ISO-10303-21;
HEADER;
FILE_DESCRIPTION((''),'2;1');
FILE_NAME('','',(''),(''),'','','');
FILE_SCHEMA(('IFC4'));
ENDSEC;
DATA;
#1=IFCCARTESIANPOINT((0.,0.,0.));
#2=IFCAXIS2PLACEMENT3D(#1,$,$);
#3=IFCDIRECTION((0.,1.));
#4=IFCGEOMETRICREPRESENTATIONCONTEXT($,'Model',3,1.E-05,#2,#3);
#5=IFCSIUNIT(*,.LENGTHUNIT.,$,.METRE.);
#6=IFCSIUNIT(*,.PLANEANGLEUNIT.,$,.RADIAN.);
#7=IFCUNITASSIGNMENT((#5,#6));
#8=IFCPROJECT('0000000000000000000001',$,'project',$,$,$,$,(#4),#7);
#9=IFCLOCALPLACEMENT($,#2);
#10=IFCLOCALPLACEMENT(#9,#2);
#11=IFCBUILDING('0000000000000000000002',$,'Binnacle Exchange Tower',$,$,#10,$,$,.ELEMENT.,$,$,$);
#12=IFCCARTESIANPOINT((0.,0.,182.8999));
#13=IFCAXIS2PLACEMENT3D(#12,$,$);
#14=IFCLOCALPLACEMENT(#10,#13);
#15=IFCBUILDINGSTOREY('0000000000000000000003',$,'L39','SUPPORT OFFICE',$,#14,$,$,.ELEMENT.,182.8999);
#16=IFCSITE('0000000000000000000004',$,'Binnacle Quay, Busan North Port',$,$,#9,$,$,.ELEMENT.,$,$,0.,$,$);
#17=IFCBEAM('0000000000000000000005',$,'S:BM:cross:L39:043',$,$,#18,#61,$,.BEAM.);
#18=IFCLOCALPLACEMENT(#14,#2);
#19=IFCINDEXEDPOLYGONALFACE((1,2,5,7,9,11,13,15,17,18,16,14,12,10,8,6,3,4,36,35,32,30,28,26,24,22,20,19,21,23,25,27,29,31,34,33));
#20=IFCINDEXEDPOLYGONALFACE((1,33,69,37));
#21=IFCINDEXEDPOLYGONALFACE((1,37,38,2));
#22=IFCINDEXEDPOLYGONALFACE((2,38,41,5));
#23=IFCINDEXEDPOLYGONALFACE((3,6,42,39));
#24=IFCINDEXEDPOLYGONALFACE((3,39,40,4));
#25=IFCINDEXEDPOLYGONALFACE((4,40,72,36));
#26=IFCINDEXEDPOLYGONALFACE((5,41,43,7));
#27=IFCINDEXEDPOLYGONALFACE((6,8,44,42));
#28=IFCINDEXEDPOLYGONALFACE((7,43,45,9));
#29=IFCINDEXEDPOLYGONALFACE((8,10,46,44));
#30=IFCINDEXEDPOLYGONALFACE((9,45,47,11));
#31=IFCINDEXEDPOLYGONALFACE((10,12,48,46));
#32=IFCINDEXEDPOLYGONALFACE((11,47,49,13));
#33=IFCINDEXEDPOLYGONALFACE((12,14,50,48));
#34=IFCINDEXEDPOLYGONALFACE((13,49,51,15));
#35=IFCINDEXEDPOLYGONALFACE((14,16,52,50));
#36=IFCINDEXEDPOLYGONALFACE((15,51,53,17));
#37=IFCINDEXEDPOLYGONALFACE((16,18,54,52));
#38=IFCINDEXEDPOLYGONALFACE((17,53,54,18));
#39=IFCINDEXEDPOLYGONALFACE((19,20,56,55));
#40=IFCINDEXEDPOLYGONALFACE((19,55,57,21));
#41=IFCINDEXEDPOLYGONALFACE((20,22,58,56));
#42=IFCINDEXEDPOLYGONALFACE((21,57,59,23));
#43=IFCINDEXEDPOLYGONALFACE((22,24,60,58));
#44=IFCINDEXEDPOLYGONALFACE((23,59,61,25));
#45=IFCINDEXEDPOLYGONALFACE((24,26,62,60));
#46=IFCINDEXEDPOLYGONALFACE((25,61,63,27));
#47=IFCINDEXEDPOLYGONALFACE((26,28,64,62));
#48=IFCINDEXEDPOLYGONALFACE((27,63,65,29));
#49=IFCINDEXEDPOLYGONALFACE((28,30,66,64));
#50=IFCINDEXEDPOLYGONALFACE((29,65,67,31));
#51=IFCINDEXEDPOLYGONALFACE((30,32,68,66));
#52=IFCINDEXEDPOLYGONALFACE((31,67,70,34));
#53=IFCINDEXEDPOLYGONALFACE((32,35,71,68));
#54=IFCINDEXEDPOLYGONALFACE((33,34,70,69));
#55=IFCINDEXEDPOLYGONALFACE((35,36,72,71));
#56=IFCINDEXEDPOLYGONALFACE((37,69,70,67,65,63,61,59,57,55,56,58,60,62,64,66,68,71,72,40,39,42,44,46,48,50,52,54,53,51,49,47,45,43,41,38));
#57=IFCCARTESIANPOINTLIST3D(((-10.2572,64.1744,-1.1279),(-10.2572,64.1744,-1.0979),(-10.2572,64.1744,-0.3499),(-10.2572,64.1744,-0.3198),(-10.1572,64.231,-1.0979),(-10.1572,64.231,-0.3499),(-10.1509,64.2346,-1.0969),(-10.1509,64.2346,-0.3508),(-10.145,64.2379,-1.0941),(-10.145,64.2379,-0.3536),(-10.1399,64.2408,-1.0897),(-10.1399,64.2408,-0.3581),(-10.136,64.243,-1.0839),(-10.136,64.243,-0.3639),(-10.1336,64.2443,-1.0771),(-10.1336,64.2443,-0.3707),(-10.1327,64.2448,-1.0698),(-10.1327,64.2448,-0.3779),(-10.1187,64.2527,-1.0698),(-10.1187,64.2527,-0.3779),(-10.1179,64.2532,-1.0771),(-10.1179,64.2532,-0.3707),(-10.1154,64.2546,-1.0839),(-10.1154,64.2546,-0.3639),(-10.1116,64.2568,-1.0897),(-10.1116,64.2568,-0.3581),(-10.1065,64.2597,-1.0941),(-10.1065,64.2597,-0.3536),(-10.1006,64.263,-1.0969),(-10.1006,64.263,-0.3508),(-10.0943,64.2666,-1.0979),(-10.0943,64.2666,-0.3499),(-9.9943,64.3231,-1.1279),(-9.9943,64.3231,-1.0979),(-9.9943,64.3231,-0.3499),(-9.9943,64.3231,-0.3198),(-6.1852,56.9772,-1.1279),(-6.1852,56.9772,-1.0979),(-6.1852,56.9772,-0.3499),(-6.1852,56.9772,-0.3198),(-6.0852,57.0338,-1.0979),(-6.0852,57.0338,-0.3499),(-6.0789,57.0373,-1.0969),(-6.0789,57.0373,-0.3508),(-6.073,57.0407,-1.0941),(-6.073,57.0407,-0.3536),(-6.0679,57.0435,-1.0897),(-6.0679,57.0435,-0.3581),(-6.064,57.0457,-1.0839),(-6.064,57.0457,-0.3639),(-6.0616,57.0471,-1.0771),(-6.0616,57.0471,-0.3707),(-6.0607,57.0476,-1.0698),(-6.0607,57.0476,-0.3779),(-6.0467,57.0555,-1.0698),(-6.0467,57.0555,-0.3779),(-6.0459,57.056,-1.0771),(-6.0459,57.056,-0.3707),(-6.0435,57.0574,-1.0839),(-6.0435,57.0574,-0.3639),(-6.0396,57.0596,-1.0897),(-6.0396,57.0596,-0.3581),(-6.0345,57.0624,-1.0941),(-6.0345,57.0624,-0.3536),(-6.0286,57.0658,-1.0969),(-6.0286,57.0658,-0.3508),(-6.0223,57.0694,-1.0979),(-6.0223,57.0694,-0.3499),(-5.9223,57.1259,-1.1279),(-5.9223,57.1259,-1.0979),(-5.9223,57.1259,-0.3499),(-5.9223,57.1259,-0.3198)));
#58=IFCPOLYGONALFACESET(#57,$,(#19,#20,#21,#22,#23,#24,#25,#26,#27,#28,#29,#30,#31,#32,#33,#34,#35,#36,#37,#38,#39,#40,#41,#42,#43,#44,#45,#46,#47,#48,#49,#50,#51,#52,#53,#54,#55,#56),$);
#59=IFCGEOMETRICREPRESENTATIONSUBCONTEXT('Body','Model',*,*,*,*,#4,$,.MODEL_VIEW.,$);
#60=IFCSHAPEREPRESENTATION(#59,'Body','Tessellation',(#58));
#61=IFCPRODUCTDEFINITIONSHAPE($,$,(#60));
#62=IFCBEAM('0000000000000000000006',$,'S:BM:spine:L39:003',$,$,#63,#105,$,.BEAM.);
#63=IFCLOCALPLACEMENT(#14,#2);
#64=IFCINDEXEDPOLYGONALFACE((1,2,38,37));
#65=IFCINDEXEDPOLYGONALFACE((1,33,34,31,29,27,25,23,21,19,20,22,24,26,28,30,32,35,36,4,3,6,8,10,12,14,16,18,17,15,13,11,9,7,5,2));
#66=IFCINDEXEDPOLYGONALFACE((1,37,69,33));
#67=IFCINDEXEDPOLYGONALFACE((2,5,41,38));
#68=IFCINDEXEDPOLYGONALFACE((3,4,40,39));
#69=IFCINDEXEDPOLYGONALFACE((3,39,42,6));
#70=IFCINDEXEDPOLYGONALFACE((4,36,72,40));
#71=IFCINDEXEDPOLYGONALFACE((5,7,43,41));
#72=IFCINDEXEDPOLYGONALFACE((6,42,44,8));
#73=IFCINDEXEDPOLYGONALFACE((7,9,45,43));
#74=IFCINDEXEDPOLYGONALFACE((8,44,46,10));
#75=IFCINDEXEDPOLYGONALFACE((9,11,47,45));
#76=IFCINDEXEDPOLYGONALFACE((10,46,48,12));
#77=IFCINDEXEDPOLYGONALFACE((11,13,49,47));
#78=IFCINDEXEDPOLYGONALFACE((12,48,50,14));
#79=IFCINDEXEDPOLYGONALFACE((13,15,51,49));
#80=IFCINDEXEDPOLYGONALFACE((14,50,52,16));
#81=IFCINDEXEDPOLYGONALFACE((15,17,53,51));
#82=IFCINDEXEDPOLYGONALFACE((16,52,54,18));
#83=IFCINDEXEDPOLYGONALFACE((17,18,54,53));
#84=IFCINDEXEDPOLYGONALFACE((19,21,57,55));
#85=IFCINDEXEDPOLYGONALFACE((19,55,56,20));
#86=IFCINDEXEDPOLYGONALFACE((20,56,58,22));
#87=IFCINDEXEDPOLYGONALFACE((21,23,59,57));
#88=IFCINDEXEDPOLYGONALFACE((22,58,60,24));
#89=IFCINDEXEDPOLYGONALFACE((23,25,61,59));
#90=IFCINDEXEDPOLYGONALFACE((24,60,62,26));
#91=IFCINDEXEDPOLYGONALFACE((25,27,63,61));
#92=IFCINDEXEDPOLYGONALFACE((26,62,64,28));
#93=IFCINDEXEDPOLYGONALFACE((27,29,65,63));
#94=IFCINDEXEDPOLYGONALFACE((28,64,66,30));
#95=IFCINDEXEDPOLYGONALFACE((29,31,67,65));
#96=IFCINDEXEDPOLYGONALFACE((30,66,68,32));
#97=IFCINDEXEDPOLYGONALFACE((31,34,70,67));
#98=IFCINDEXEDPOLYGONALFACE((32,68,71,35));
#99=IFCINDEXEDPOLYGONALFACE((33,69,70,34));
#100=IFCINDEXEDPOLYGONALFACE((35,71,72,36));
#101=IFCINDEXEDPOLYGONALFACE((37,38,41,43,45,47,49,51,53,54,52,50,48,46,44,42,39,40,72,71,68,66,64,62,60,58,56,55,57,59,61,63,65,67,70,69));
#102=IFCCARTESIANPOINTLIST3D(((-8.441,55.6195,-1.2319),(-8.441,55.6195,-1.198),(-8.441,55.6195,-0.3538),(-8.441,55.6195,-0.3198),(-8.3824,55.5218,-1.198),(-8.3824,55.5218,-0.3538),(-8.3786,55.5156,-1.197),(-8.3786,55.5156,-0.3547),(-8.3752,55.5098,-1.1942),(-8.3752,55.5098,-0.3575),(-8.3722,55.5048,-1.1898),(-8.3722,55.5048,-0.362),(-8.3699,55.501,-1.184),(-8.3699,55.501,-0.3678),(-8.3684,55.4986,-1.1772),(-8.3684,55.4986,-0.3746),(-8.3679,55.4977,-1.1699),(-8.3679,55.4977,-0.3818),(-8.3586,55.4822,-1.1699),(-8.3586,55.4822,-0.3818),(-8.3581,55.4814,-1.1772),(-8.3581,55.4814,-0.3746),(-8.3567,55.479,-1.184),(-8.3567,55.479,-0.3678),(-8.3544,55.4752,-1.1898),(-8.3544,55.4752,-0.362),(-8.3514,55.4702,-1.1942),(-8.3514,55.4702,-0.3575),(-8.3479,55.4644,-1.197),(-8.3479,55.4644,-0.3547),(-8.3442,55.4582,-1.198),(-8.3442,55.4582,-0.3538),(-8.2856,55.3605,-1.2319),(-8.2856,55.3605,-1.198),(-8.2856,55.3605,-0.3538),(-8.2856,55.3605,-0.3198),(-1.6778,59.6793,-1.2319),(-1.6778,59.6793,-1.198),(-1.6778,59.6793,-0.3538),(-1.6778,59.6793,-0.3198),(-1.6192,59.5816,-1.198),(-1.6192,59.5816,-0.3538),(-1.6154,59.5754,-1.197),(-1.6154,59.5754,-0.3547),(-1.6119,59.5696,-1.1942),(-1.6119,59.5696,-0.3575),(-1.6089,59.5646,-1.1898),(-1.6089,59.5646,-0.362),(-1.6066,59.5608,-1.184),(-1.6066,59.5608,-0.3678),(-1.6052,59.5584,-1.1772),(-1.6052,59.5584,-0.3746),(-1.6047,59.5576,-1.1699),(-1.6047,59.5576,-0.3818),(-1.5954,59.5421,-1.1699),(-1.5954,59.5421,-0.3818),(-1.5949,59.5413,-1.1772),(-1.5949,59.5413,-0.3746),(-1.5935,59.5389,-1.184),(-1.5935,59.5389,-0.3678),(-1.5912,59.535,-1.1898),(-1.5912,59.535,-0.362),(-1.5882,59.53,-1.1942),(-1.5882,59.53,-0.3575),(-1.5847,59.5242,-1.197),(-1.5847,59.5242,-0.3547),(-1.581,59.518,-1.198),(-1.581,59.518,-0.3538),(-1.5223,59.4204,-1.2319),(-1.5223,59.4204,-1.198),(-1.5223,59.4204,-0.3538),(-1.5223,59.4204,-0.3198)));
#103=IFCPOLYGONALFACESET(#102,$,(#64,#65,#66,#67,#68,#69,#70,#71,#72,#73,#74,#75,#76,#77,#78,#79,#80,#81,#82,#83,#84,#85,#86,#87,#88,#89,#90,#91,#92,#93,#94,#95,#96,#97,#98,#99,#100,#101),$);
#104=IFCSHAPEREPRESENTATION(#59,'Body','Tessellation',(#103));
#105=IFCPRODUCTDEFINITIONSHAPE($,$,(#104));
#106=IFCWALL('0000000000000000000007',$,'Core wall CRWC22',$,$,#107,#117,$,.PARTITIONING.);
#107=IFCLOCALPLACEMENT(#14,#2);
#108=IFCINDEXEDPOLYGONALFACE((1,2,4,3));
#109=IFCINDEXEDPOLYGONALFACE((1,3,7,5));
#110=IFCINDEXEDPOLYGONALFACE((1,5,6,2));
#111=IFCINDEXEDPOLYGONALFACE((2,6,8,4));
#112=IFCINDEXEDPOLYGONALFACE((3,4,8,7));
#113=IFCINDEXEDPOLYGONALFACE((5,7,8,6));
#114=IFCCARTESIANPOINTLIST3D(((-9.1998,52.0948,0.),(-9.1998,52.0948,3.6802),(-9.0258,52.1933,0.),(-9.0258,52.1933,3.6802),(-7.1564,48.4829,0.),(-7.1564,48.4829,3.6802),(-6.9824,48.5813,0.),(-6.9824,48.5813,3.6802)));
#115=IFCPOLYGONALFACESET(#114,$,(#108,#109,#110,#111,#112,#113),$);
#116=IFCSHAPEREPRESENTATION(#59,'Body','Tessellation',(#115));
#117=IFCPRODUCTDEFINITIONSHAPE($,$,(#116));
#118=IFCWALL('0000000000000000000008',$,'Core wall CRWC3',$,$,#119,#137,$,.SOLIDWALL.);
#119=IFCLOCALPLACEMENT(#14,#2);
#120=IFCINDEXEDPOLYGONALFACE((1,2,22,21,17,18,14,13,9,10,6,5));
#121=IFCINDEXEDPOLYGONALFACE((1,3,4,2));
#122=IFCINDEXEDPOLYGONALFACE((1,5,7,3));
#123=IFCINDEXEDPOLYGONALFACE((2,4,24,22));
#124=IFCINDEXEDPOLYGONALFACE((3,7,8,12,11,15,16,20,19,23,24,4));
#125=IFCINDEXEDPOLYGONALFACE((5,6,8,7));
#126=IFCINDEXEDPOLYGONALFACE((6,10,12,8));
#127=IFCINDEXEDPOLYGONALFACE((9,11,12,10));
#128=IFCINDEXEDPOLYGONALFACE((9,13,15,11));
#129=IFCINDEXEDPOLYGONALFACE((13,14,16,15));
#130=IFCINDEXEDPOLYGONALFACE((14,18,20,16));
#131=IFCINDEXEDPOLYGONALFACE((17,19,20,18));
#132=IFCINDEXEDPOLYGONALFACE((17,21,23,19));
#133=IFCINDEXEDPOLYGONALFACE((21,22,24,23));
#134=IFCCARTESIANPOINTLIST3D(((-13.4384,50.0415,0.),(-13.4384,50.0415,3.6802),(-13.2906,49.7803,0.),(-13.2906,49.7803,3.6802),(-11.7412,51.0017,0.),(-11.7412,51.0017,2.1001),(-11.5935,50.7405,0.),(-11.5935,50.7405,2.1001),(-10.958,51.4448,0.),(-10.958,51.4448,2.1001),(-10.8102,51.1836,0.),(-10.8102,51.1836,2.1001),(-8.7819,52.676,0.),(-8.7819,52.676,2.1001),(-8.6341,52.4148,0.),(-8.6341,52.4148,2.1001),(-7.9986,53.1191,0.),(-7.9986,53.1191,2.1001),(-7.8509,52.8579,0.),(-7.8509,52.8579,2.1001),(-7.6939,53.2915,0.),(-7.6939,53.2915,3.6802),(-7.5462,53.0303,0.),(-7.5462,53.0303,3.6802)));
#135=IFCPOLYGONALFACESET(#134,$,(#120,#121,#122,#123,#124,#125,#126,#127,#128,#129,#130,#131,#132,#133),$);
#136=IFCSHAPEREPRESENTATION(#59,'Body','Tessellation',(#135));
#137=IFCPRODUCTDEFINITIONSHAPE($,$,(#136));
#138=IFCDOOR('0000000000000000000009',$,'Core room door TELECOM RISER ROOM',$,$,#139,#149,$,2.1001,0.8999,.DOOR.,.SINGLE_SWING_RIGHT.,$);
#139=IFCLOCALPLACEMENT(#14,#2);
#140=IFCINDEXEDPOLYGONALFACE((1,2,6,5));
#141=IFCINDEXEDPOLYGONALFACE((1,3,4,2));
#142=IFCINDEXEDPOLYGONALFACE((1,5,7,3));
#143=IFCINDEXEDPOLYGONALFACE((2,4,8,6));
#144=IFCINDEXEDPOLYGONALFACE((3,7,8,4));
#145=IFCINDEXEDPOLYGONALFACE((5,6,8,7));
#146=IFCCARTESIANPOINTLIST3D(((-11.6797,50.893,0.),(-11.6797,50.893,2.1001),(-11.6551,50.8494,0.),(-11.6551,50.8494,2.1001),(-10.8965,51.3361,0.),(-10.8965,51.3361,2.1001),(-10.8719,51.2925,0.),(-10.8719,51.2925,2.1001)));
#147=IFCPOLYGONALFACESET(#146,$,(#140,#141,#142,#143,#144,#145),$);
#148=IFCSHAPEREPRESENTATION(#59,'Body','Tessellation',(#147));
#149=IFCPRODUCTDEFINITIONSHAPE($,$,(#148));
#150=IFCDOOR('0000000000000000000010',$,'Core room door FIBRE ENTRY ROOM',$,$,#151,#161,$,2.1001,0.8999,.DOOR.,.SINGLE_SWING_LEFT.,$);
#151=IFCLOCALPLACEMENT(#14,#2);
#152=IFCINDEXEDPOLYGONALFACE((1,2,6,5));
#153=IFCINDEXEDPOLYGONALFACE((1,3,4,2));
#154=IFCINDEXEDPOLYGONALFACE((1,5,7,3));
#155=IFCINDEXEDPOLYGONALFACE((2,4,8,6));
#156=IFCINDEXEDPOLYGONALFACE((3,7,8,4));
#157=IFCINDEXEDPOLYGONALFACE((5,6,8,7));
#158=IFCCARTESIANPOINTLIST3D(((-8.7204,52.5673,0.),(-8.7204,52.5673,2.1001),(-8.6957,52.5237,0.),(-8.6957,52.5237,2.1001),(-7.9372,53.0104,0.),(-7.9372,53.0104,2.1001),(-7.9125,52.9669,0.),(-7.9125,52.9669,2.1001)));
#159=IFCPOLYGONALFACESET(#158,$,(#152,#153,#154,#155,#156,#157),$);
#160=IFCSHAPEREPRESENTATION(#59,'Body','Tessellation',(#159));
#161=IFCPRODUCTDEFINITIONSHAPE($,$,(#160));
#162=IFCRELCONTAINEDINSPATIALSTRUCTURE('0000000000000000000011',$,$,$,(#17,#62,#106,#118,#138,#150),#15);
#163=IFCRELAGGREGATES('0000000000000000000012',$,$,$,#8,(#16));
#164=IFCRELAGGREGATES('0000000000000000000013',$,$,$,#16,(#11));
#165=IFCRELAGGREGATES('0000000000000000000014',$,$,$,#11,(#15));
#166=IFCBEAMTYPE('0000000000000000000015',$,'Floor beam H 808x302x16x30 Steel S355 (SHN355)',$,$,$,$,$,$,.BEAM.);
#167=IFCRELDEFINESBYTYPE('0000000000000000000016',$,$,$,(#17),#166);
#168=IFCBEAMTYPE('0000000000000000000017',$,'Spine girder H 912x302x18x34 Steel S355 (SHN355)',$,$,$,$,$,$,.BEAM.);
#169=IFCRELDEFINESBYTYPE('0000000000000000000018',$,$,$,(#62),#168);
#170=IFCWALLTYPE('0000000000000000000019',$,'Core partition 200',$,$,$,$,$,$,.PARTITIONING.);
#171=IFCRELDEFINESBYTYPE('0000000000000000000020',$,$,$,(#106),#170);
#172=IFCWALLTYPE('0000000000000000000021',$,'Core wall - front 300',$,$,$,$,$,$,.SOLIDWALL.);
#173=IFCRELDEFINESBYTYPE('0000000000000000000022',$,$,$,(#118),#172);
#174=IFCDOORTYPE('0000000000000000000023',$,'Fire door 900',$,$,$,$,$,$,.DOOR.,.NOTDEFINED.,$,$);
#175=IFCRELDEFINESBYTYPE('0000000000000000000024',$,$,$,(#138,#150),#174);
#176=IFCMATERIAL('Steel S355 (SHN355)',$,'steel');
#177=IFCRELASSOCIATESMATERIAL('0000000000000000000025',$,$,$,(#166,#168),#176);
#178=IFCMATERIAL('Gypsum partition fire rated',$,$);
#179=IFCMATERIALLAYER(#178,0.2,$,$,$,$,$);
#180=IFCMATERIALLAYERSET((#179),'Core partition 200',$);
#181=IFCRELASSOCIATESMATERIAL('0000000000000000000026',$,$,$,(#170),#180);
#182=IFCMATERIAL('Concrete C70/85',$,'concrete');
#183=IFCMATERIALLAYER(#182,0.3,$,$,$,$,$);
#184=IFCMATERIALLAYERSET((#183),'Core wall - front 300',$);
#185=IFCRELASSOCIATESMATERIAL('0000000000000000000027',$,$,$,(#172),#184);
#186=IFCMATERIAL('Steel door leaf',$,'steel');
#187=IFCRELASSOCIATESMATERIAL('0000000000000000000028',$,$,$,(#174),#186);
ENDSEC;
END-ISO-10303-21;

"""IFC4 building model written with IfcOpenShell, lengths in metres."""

from ifc_helpers import new_model, si_unit, direction, frame, frame_2d, origin, origin_2d, place, context, subcontext, project, spatial, rectangle, i_section, extrude, material, layer, layer_set, material_profile, profile_set, type_object, element, fill, save


model = new_model("IFC4")

# Units and contexts
model_context = context("Model", 3, precision=1e-05, world=origin(), true_north=direction((0.0, 1.0)))
body_context = subcontext(model_context, "Body", "Model", "MODEL_VIEW")
ifc_project = project(units=[si_unit("LENGTHUNIT", "METRE"), si_unit("PLANEANGLEUNIT", "RADIAN")], contexts=[model_context])

# Site, building, storey
site_placement = place(None, origin())
site = spatial("IfcSite", under=ifc_project, at=site_placement, Name="Binnacle Quay, Busan North Port", CompositionType="ELEMENT", RefElevation=0.0)
building_placement = place(site_placement, origin())
building = spatial("IfcBuilding", under=site, at=building_placement, Name="Binnacle Exchange Tower", CompositionType="ELEMENT")
storey_placement = place(building_placement, frame((0.0, 0.0, 182.8999)))
storey = spatial("IfcBuildingStorey", under=building, at=storey_placement, Name="L39", Description="SUPPORT OFFICE", CompositionType="ELEMENT", Elevation=182.8999)

# Shared definitions
ifc_material_1 = material(Name="Concrete C70/85", Category="concrete")

# Beams
ifc_material_2 = material(Name="Steel S355 (SHN355)", Category="steel")
ifc_material_profile_1 = material_profile(ifc_material_2, i_section(OverallWidth=0.302, OverallDepth=0.8081, WebThickness=0.0161, FlangeThickness=0.03, FilletRadius=0.0281, at=origin_2d()), Name="H 808x302x16x30")
ifc_profile_set_1 = profile_set([ifc_material_profile_1], Name="Steel S355 (SHN355)")
beam_type_1 = type_object("IfcBeamType", Name="Floor beam H 808x302x16x30 Steel S355 (SHN355)", PredefinedType="BEAM", material=ifc_profile_set_1)
beam_1_placement = place(storey_placement, frame((-10.1257, 64.2488, -0.7239), z_axis=(0.492424, -0.870355, 0.0), x_axis=(0.870355, 0.492424, 0.0)))
element("IfcBeam", 1, at=beam_1_placement, inside=storey, type_object=beam_type_1, Name="S:BM:cross:L39:043", PredefinedType="BEAM", context=body_context, shape_type="SweptSolid", body=[
    extrude(i_section(OverallWidth=0.302, OverallDepth=0.8081, WebThickness=0.0161, FlangeThickness=0.03, FilletRadius=0.0281, at=origin_2d()), origin(), (0.0, 0.0, 1.0), 8.2693),
])
ifc_material_profile_2 = material_profile(ifc_material_2, i_section(OverallWidth=0.302, OverallDepth=0.9121, WebThickness=0.0181, FlangeThickness=0.0339, FilletRadius=0.0281, at=origin_2d()), Name="H 912x302x18x34")
ifc_profile_set_2 = profile_set([ifc_material_profile_2], Name="Steel S355 (SHN355)")
beam_type_2 = type_object("IfcBeamType", Name="Spine girder H 912x302x18x34 Steel S355 (SHN355)", PredefinedType="BEAM", material=ifc_profile_set_2)
beam_2_placement = place(storey_placement, frame((-8.3633, 55.49, -0.7759), z_axis=(0.857386, 0.514673, 0.0), x_axis=(-0.514673, 0.857386, 0.0)))
element("IfcBeam", 2, at=beam_2_placement, inside=storey, type_object=beam_type_2, Name="S:BM:spine:L39:003", PredefinedType="BEAM", context=body_context, shape_type="SweptSolid", body=[
    extrude(i_section(OverallWidth=0.302, OverallDepth=0.9121, WebThickness=0.0181, FlangeThickness=0.0339, FilletRadius=0.0281, at=origin_2d()), origin(), (0.0, 0.0, 1.0), 7.8882),
])

# Wall
ifc_material_3 = material(Name="Gypsum partition fire rated")
ifc_layer_1 = layer(ifc_material_3, 0.2)
ifc_layer_set_1 = layer_set([ifc_layer_1], Name="Core partition 200")
wall_type_1 = type_object("IfcWallType", Name="Core partition 200", PredefinedType="PARTITIONING", material=ifc_layer_set_1)
wall_1_placement = place(storey_placement, frame((-9.1128, 52.144, 0.0), z_axis=(0.0, 0.0, 1.0), x_axis=(0.492396, -0.870371, 0.0)))
element("IfcWall", 3, at=wall_1_placement, inside=storey, type_object=wall_type_1, Name="Core wall CRWC22", PredefinedType="PARTITIONING", context=body_context, shape_type="SweptSolid", body=[
    extrude(rectangle(XDim=4.1499, YDim=0.2, at=frame_2d((2.075, 0.0))), origin(), (0.0, 0.0, 1.0), 3.6802),
])

# Wall, openings, doors
ifc_layer_2 = layer(ifc_material_1, 0.3)
ifc_layer_set_2 = layer_set([ifc_layer_2], Name="Core wall - front 300")
wall_type_2 = type_object("IfcWallType", Name="Core wall - front 300", PredefinedType="SOLIDWALL", material=ifc_layer_set_2)
wall_2_placement = place(storey_placement, frame((-13.3645, 49.9109, 0.0), z_axis=(0.0, 0.0, 1.0), x_axis=(0.870357, 0.492422, 0.0)))
wall_2 = element("IfcWall", 4, at=wall_2_placement, inside=storey, type_object=wall_type_2, Name="Core wall CRWC3", PredefinedType="SOLIDWALL", context=body_context, shape_type="SweptSolid", body=[
    extrude(rectangle(XDim=6.6001, YDim=0.3, at=frame_2d((3.3, 0.0))), origin(), (0.0, 0.0, 1.0), 3.6802),
])
opening_1_placement = place(wall_2_placement, frame((1.95, 0.0, 0.0)))
opening_1 = element("IfcOpeningElement", 5, at=opening_1_placement, cuts=wall_2, PredefinedType="OPENING", context=body_context, shape_type="SweptSolid", body=[
    extrude(rectangle(XDim=0.8999, YDim=2.1001, at=frame_2d((0.45, 1.05))), frame((0.0, 0.1599, 0.0), z_axis=(0.0, -1.0, 0.0), x_axis=(1.0, 0.0, 0.0)), (0.0, 0.0, 1.0), 0.3201),
])
opening_2_placement = place(wall_2_placement, frame((5.3501, 0.0, 0.0)))
opening_2 = element("IfcOpeningElement", 6, at=opening_2_placement, cuts=wall_2, PredefinedType="OPENING", context=body_context, shape_type="SweptSolid", body=[
    extrude(rectangle(XDim=0.8999, YDim=2.1001, at=frame_2d((0.45, 1.05))), frame((0.0, 0.1599, 0.0), z_axis=(0.0, -1.0, 0.0), x_axis=(1.0, 0.0, 0.0)), (0.0, 0.0, 1.0), 0.3201),
])
ifc_material_4 = material(Name="Steel door leaf", Category="steel")
door_type_1 = type_object("IfcDoorType", Name="Fire door 900", OperationType="NOTDEFINED", PredefinedType="DOOR", material=ifc_material_4)
door_1_placement = place(opening_1_placement, frame((0.8999, 0.0, 0.0), z_axis=(0.0, 0.0, 1.0), x_axis=(-1.0, 0.0, 0.0)))
door_1 = element("IfcDoor", 7, at=door_1_placement, inside=storey, type_object=door_type_1, Name="Core room door TELECOM RISER ROOM", OperationType="SINGLE_SWING_RIGHT", OverallHeight=2.1001, OverallWidth=0.8999, PredefinedType="DOOR", context=body_context, shape_type="SweptSolid", body=[
    extrude(rectangle(XDim=0.8999, YDim=2.1001, at=frame_2d((0.45, 1.05))), frame((0.0, 0.0249, 0.0), z_axis=(0.0, -1.0, 0.0), x_axis=(1.0, 0.0, 0.0)), (0.0, 0.0, 1.0), 0.05),
])
fill(opening_1, door_1)
door_2_placement = place(opening_2_placement, frame((0.8999, 0.0, 0.0), z_axis=(0.0, 0.0, 1.0), x_axis=(-1.0, 0.0, 0.0)))
door_2 = element("IfcDoor", 8, at=door_2_placement, inside=storey, type_object=door_type_1, Name="Core room door FIBRE ENTRY ROOM", OperationType="SINGLE_SWING_LEFT", OverallHeight=2.1001, OverallWidth=0.8999, PredefinedType="DOOR", context=body_context, shape_type="SweptSolid", body=[
    extrude(rectangle(XDim=0.8999, YDim=2.1001, at=frame_2d((0.45, 1.05))), frame((0.0, 0.0249, 0.0), z_axis=(0.0, -1.0, 0.0), x_axis=(1.0, 0.0, 0.0)), (0.0, 0.0, 1.0), 0.05),
])
fill(opening_2, door_2)

save(model, "model.ifc")
